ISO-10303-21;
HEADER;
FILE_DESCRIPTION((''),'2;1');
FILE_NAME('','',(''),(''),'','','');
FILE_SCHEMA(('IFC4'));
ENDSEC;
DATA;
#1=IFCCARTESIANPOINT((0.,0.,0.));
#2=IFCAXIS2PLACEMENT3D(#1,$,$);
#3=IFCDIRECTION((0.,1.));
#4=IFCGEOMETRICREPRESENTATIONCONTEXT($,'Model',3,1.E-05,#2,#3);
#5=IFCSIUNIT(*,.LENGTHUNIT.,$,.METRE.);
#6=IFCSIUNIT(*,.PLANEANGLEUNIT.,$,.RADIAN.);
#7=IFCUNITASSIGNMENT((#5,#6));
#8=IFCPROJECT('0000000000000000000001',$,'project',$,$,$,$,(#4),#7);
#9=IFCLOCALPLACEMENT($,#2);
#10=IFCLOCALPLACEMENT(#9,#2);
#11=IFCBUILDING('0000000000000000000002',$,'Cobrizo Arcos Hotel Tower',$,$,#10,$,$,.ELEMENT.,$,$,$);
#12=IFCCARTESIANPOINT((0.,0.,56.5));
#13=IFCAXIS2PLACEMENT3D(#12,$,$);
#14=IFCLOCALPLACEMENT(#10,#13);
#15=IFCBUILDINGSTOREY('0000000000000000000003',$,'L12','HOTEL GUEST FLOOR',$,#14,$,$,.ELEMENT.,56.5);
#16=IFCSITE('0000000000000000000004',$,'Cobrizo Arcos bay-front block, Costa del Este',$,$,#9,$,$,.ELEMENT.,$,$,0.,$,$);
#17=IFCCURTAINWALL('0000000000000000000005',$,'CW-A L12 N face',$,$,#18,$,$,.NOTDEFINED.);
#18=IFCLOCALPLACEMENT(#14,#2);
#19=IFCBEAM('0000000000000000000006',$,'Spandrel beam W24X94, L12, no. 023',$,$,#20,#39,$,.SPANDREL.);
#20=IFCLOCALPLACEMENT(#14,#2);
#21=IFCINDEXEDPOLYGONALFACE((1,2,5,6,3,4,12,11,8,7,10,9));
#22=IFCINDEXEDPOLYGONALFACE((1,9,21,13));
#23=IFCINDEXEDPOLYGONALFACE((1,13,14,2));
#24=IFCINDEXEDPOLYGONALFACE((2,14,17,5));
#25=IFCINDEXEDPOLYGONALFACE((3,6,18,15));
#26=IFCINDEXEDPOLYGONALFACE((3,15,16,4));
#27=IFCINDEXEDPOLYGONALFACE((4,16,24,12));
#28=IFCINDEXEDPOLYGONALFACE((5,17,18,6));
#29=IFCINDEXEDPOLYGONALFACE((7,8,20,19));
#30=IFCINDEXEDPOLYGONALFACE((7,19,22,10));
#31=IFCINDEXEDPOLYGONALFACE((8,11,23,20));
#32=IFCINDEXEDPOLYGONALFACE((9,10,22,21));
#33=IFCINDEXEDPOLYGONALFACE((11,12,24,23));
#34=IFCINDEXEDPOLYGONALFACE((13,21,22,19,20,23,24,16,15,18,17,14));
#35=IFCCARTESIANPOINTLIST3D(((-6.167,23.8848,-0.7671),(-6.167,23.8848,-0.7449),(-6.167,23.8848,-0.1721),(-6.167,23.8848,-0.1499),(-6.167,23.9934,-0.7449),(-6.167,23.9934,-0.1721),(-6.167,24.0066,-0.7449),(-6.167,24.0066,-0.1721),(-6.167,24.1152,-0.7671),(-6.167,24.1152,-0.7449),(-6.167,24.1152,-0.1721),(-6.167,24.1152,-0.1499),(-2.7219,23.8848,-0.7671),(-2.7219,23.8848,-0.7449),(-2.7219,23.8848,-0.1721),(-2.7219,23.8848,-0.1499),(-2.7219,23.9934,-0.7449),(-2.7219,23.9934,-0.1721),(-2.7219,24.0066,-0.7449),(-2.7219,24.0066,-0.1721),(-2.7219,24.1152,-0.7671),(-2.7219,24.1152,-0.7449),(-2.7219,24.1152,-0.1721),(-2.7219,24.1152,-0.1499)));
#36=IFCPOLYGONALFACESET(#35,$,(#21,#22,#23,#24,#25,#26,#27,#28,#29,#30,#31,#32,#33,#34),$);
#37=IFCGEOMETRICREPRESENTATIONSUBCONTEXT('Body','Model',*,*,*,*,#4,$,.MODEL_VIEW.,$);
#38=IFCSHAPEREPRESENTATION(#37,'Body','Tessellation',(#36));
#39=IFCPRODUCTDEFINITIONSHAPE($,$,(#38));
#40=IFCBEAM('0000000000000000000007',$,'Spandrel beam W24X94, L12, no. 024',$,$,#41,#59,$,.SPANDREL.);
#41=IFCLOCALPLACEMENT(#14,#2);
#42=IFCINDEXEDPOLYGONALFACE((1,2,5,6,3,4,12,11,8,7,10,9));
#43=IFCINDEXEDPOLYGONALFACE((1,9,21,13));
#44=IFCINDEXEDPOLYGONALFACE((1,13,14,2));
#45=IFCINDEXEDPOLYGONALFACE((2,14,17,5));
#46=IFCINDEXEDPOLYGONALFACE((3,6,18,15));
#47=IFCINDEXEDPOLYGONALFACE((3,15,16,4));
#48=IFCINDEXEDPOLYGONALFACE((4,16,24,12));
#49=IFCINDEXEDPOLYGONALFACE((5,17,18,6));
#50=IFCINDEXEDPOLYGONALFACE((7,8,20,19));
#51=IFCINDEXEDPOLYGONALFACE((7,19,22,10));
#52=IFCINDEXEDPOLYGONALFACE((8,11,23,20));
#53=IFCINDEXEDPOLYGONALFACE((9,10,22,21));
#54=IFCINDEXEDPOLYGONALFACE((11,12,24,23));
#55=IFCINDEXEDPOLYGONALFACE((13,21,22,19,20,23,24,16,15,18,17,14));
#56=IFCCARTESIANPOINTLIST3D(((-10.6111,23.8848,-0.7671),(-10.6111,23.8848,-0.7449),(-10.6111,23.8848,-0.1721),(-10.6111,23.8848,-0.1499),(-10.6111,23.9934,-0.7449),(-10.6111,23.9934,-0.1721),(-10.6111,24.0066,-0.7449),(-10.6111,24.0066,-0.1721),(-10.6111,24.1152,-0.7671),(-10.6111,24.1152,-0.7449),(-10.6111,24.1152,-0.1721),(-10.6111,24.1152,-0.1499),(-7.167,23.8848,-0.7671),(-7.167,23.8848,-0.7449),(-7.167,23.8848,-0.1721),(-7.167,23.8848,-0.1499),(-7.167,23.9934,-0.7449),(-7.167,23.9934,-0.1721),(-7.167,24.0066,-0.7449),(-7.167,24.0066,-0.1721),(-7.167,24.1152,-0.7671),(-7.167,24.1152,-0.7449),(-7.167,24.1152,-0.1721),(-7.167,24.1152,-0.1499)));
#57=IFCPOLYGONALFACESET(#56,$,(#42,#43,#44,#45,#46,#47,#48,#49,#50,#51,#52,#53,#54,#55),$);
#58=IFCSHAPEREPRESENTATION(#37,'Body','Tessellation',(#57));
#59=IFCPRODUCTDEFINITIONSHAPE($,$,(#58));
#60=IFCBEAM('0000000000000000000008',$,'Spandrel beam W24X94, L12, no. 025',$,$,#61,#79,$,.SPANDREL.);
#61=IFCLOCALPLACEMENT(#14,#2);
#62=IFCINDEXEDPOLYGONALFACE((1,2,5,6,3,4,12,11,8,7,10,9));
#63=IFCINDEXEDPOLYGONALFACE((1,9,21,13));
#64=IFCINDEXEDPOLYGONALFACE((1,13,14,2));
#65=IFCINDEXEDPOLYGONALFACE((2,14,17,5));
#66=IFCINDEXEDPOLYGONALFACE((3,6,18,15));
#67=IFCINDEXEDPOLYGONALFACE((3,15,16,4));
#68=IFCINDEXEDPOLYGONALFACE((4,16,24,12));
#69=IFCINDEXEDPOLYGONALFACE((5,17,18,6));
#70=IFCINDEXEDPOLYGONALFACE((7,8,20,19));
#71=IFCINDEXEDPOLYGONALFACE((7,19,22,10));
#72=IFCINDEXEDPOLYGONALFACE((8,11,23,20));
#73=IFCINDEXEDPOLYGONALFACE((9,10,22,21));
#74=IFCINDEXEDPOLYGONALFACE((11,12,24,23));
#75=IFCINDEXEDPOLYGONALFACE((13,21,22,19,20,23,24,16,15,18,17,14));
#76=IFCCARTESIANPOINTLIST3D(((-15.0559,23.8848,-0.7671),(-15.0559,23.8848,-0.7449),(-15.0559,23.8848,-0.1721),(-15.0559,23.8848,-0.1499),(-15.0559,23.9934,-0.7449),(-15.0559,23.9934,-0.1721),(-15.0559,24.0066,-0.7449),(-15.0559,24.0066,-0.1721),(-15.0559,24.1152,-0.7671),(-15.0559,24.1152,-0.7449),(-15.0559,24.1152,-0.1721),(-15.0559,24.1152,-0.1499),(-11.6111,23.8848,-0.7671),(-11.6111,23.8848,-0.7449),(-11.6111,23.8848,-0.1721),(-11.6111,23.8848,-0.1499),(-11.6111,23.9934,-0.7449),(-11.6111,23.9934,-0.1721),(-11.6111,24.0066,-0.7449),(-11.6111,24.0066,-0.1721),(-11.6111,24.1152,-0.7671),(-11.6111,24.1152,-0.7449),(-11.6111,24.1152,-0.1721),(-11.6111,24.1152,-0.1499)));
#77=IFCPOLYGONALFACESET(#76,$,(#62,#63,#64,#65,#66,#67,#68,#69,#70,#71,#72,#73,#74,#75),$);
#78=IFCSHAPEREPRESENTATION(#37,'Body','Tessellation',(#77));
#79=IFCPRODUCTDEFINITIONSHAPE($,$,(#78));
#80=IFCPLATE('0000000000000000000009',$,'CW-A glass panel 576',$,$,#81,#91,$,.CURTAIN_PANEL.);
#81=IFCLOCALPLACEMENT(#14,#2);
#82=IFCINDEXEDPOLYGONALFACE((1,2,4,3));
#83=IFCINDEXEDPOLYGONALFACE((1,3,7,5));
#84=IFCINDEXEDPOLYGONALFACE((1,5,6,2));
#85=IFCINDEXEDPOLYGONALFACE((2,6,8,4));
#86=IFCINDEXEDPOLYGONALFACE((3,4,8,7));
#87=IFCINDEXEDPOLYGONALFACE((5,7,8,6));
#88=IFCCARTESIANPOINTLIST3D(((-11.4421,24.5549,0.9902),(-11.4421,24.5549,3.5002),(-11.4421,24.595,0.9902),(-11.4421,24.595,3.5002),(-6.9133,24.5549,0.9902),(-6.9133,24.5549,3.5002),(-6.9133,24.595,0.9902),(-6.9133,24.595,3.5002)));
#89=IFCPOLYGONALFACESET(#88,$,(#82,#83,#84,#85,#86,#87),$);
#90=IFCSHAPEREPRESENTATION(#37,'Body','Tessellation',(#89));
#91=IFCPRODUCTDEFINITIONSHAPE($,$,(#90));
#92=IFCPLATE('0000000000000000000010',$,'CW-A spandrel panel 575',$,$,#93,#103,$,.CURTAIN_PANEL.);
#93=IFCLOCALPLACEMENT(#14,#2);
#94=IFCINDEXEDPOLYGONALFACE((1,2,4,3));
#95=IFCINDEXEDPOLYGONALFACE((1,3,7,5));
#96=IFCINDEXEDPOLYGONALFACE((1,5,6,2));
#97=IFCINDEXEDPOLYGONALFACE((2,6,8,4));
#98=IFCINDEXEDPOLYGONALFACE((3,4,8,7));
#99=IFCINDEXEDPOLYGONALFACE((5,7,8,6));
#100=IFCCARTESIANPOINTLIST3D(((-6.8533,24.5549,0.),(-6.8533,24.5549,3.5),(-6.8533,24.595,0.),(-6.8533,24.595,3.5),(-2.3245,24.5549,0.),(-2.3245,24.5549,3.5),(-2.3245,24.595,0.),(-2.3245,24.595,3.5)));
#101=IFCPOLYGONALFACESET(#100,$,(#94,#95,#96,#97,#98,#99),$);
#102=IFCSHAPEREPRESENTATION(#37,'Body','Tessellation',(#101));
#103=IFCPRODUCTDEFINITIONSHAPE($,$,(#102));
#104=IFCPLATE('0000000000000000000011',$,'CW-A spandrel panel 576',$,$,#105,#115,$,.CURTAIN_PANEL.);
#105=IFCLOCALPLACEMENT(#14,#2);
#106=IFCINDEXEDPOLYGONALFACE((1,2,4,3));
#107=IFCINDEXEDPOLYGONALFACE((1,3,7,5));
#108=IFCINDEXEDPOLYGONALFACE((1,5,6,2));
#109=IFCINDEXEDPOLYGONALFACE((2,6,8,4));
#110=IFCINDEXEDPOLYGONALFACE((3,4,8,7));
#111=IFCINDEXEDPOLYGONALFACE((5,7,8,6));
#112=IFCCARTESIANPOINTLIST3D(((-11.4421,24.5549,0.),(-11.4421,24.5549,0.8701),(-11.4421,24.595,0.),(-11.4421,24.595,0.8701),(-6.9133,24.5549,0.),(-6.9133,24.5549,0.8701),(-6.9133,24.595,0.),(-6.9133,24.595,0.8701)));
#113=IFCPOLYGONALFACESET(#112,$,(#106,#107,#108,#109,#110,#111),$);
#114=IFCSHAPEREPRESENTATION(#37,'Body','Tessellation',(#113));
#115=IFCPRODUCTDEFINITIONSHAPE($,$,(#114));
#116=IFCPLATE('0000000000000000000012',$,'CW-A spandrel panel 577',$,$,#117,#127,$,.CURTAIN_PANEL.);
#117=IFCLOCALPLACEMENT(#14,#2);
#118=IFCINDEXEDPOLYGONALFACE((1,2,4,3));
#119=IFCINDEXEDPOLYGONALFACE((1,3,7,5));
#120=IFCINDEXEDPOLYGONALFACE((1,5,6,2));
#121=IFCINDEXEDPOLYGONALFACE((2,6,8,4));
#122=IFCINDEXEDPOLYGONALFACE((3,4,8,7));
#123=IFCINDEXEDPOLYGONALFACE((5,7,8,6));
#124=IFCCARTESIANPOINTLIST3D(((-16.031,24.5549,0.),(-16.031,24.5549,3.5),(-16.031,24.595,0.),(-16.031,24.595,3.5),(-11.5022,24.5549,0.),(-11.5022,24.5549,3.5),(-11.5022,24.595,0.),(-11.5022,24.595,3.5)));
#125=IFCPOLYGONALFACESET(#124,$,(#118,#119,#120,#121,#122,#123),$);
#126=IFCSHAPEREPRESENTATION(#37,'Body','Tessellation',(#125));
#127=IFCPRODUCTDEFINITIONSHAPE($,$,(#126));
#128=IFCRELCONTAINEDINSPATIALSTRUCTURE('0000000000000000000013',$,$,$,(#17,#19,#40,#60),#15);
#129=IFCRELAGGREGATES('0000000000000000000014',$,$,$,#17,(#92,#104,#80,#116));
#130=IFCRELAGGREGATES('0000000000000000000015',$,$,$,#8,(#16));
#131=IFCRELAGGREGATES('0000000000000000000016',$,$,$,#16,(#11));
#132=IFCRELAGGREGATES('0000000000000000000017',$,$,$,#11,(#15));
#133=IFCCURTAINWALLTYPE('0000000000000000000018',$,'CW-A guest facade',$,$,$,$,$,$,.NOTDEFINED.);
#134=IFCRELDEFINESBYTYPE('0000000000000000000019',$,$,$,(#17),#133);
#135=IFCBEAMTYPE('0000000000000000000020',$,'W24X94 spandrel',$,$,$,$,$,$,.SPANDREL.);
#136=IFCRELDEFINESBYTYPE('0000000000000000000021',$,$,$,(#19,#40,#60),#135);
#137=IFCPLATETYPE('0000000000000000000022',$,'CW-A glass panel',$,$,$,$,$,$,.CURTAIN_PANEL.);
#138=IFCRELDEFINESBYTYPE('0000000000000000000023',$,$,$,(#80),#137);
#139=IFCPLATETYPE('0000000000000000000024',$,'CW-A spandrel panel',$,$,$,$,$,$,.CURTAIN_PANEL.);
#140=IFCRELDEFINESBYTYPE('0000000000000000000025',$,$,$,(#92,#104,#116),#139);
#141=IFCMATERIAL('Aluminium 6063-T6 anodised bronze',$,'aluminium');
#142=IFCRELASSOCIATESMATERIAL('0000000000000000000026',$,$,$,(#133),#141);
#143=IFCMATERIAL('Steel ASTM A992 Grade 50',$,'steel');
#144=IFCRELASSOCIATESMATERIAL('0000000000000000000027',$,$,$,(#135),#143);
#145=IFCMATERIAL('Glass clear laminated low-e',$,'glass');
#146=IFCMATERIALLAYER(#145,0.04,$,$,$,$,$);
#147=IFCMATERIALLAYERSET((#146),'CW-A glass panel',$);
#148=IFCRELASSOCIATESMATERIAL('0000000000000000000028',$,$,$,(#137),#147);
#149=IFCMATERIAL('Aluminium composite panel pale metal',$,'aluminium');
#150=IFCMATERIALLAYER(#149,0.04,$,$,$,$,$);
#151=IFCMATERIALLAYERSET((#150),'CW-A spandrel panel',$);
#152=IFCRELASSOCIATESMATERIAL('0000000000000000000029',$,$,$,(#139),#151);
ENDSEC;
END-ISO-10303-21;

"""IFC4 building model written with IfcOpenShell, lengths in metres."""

from ifc_helpers import new_model, si_unit, direction, frame, origin, origin_2d, place, context, subcontext, project, spatial, rectangle, i_section, extrude, material, layer, layer_set, material_profile, profile_set, type_object, element, aggregate, save


model = new_model("IFC4")

# Units and contexts
model_context = context("Model", 3, precision=1e-05, world=origin(), true_north=direction((0.0, 1.0)))
body_context = subcontext(model_context, "Body", "Model", "MODEL_VIEW")
ifc_project = project(units=[si_unit("LENGTHUNIT", "METRE"), si_unit("PLANEANGLEUNIT", "RADIAN")], contexts=[model_context])

# Site, building, storey
site_placement = place(None, origin())
site = spatial("IfcSite", under=ifc_project, at=site_placement, Name="Cobrizo Arcos bay-front block, Costa del Este", CompositionType="ELEMENT", RefElevation=0.0)
building_placement = place(site_placement, origin())
building = spatial("IfcBuilding", under=site, at=building_placement, Name="Cobrizo Arcos Hotel Tower", CompositionType="ELEMENT")
storey_placement = place(building_placement, frame((0.0, 0.0, 56.5)))
storey = spatial("IfcBuildingStorey", under=building, at=storey_placement, Name="L12", Description="HOTEL GUEST FLOOR", CompositionType="ELEMENT", Elevation=56.5)

# Curtain wall
ifc_material_1 = material(Name="Aluminium 6063-T6 anodised bronze", Category="aluminium")
curtain_wall_type = type_object("IfcCurtainWallType", Name="CW-A guest facade", PredefinedType="NOTDEFINED", material=ifc_material_1)
curtain_wall_placement = place(storey_placement, origin())
curtain_wall = element("IfcCurtainWall", 1, at=curtain_wall_placement, inside=storey, type_object=curtain_wall_type, Name="CW-A L12 N face", PredefinedType="NOTDEFINED")

# Beams
ifc_material_2 = material(Name="Steel ASTM A992 Grade 50", Category="steel")
ifc_material_profile_1 = material_profile(ifc_material_2, i_section(OverallWidth=0.2305, OverallDepth=0.6172, WebThickness=0.0132, FlangeThickness=0.0222, at=origin_2d()), Name="W24X94")
ifc_profile_set_1 = profile_set([ifc_material_profile_1], Name="Steel ASTM A992 Grade 50")
beam_type_1 = type_object("IfcBeamType", Name="W24X94 spandrel", PredefinedType="SPANDREL", material=ifc_profile_set_1)
beam_1_placement = place(storey_placement, frame((-2.7219, 24.0, -0.4585), z_axis=(-1.0, 0.0, 0.0), x_axis=(0.0, -1.0, 0.0)))
element("IfcBeam", 2, at=beam_1_placement, inside=storey, type_object=beam_type_1, Name="Spandrel beam W24X94, L12, no. 023", PredefinedType="SPANDREL", context=body_context, shape_type="SweptSolid", body=[
    extrude(i_section(OverallWidth=0.2305, OverallDepth=0.6172, WebThickness=0.0132, FlangeThickness=0.0222, at=origin_2d()), origin(), (0.0, 0.0, 1.0), 3.4451),
])
beam_2_placement = place(storey_placement, frame((-7.167, 24.0, -0.4585), z_axis=(-1.0, 0.0, 0.0), x_axis=(0.0, -1.0, 0.0)))
element("IfcBeam", 3, at=beam_2_placement, inside=storey, type_object=beam_type_1, Name="Spandrel beam W24X94, L12, no. 024", PredefinedType="SPANDREL", context=body_context, shape_type="SweptSolid", body=[
    extrude(i_section(OverallWidth=0.2305, OverallDepth=0.6172, WebThickness=0.0132, FlangeThickness=0.0222, at=origin_2d()), origin(), (0.0, 0.0, 1.0), 3.4441),
])
beam_3_placement = place(storey_placement, frame((-11.6111, 24.0, -0.4585), z_axis=(-1.0, 0.0, 0.0), x_axis=(0.0, -1.0, 0.0)))
element("IfcBeam", 4, at=beam_3_placement, inside=storey, type_object=beam_type_1, Name="Spandrel beam W24X94, L12, no. 025", PredefinedType="SPANDREL", context=body_context, shape_type="SweptSolid", body=[
    extrude(i_section(OverallWidth=0.2305, OverallDepth=0.6172, WebThickness=0.0132, FlangeThickness=0.0222, at=origin_2d()), origin(), (0.0, 0.0, 1.0), 3.4448),
])

# Plates
ifc_material_3 = material(Name="Glass clear laminated low-e", Category="glass")
ifc_layer_1 = layer(ifc_material_3, 0.04)
ifc_layer_set_1 = layer_set([ifc_layer_1], Name="CW-A glass panel")
plate_type_1 = type_object("IfcPlateType", Name="CW-A glass panel", PredefinedType="CURTAIN_PANEL", material=ifc_layer_set_1)
plate_1_placement = place(storey_placement, frame((-9.1777, 24.575, 0.9902), z_axis=(0.0, 0.0, 1.0), x_axis=(-1.0, 0.0, 0.0)))
plate_1 = element("IfcPlate", 5, at=plate_1_placement, type_object=plate_type_1, Name="CW-A glass panel 576", PredefinedType="CURTAIN_PANEL", context=body_context, shape_type="SweptSolid", body=[
    extrude(rectangle(XDim=4.5288, YDim=0.04, at=origin_2d()), origin(), (0.0, 0.0, 1.0), 2.51),
])
ifc_material_4 = material(Name="Aluminium composite panel pale metal", Category="aluminium")
ifc_layer_2 = layer(ifc_material_4, 0.04)
ifc_layer_set_2 = layer_set([ifc_layer_2], Name="CW-A spandrel panel")
plate_type_2 = type_object("IfcPlateType", Name="CW-A spandrel panel", PredefinedType="CURTAIN_PANEL", material=ifc_layer_set_2)
plate_2_placement = place(storey_placement, frame((-4.5889, 24.575, 0.0), z_axis=(0.0, 0.0, 1.0), x_axis=(-1.0, 0.0, 0.0)))
plate_2 = element("IfcPlate", 6, at=plate_2_placement, type_object=plate_type_2, Name="CW-A spandrel panel 575", PredefinedType="CURTAIN_PANEL", context=body_context, shape_type="SweptSolid", body=[
    extrude(rectangle(XDim=4.5288, YDim=0.04, at=origin_2d()), origin(), (0.0, 0.0, 1.0), 3.5),
])
plate_3_placement = place(storey_placement, frame((-9.1777, 24.575, 0.0), z_axis=(0.0, 0.0, 1.0), x_axis=(-1.0, 0.0, 0.0)))
plate_3 = element("IfcPlate", 7, at=plate_3_placement, type_object=plate_type_2, Name="CW-A spandrel panel 576", PredefinedType="CURTAIN_PANEL", context=body_context, shape_type="SweptSolid", body=[
    extrude(rectangle(XDim=4.5288, YDim=0.04, at=origin_2d()), origin(), (0.0, 0.0, 1.0), 0.8701),
])
plate_4_placement = place(storey_placement, frame((-13.7666, 24.575, 0.0), z_axis=(0.0, 0.0, 1.0), x_axis=(-1.0, 0.0, 0.0)))
plate_4 = element("IfcPlate", 8, at=plate_4_placement, type_object=plate_type_2, Name="CW-A spandrel panel 577", PredefinedType="CURTAIN_PANEL", context=body_context, shape_type="SweptSolid", body=[
    extrude(rectangle(XDim=4.5288, YDim=0.04, at=origin_2d()), origin(), (0.0, 0.0, 1.0), 3.5),
])
aggregate(curtain_wall, [plate_2, plate_3, plate_1, plate_4])

save(model, "model.ifc")
